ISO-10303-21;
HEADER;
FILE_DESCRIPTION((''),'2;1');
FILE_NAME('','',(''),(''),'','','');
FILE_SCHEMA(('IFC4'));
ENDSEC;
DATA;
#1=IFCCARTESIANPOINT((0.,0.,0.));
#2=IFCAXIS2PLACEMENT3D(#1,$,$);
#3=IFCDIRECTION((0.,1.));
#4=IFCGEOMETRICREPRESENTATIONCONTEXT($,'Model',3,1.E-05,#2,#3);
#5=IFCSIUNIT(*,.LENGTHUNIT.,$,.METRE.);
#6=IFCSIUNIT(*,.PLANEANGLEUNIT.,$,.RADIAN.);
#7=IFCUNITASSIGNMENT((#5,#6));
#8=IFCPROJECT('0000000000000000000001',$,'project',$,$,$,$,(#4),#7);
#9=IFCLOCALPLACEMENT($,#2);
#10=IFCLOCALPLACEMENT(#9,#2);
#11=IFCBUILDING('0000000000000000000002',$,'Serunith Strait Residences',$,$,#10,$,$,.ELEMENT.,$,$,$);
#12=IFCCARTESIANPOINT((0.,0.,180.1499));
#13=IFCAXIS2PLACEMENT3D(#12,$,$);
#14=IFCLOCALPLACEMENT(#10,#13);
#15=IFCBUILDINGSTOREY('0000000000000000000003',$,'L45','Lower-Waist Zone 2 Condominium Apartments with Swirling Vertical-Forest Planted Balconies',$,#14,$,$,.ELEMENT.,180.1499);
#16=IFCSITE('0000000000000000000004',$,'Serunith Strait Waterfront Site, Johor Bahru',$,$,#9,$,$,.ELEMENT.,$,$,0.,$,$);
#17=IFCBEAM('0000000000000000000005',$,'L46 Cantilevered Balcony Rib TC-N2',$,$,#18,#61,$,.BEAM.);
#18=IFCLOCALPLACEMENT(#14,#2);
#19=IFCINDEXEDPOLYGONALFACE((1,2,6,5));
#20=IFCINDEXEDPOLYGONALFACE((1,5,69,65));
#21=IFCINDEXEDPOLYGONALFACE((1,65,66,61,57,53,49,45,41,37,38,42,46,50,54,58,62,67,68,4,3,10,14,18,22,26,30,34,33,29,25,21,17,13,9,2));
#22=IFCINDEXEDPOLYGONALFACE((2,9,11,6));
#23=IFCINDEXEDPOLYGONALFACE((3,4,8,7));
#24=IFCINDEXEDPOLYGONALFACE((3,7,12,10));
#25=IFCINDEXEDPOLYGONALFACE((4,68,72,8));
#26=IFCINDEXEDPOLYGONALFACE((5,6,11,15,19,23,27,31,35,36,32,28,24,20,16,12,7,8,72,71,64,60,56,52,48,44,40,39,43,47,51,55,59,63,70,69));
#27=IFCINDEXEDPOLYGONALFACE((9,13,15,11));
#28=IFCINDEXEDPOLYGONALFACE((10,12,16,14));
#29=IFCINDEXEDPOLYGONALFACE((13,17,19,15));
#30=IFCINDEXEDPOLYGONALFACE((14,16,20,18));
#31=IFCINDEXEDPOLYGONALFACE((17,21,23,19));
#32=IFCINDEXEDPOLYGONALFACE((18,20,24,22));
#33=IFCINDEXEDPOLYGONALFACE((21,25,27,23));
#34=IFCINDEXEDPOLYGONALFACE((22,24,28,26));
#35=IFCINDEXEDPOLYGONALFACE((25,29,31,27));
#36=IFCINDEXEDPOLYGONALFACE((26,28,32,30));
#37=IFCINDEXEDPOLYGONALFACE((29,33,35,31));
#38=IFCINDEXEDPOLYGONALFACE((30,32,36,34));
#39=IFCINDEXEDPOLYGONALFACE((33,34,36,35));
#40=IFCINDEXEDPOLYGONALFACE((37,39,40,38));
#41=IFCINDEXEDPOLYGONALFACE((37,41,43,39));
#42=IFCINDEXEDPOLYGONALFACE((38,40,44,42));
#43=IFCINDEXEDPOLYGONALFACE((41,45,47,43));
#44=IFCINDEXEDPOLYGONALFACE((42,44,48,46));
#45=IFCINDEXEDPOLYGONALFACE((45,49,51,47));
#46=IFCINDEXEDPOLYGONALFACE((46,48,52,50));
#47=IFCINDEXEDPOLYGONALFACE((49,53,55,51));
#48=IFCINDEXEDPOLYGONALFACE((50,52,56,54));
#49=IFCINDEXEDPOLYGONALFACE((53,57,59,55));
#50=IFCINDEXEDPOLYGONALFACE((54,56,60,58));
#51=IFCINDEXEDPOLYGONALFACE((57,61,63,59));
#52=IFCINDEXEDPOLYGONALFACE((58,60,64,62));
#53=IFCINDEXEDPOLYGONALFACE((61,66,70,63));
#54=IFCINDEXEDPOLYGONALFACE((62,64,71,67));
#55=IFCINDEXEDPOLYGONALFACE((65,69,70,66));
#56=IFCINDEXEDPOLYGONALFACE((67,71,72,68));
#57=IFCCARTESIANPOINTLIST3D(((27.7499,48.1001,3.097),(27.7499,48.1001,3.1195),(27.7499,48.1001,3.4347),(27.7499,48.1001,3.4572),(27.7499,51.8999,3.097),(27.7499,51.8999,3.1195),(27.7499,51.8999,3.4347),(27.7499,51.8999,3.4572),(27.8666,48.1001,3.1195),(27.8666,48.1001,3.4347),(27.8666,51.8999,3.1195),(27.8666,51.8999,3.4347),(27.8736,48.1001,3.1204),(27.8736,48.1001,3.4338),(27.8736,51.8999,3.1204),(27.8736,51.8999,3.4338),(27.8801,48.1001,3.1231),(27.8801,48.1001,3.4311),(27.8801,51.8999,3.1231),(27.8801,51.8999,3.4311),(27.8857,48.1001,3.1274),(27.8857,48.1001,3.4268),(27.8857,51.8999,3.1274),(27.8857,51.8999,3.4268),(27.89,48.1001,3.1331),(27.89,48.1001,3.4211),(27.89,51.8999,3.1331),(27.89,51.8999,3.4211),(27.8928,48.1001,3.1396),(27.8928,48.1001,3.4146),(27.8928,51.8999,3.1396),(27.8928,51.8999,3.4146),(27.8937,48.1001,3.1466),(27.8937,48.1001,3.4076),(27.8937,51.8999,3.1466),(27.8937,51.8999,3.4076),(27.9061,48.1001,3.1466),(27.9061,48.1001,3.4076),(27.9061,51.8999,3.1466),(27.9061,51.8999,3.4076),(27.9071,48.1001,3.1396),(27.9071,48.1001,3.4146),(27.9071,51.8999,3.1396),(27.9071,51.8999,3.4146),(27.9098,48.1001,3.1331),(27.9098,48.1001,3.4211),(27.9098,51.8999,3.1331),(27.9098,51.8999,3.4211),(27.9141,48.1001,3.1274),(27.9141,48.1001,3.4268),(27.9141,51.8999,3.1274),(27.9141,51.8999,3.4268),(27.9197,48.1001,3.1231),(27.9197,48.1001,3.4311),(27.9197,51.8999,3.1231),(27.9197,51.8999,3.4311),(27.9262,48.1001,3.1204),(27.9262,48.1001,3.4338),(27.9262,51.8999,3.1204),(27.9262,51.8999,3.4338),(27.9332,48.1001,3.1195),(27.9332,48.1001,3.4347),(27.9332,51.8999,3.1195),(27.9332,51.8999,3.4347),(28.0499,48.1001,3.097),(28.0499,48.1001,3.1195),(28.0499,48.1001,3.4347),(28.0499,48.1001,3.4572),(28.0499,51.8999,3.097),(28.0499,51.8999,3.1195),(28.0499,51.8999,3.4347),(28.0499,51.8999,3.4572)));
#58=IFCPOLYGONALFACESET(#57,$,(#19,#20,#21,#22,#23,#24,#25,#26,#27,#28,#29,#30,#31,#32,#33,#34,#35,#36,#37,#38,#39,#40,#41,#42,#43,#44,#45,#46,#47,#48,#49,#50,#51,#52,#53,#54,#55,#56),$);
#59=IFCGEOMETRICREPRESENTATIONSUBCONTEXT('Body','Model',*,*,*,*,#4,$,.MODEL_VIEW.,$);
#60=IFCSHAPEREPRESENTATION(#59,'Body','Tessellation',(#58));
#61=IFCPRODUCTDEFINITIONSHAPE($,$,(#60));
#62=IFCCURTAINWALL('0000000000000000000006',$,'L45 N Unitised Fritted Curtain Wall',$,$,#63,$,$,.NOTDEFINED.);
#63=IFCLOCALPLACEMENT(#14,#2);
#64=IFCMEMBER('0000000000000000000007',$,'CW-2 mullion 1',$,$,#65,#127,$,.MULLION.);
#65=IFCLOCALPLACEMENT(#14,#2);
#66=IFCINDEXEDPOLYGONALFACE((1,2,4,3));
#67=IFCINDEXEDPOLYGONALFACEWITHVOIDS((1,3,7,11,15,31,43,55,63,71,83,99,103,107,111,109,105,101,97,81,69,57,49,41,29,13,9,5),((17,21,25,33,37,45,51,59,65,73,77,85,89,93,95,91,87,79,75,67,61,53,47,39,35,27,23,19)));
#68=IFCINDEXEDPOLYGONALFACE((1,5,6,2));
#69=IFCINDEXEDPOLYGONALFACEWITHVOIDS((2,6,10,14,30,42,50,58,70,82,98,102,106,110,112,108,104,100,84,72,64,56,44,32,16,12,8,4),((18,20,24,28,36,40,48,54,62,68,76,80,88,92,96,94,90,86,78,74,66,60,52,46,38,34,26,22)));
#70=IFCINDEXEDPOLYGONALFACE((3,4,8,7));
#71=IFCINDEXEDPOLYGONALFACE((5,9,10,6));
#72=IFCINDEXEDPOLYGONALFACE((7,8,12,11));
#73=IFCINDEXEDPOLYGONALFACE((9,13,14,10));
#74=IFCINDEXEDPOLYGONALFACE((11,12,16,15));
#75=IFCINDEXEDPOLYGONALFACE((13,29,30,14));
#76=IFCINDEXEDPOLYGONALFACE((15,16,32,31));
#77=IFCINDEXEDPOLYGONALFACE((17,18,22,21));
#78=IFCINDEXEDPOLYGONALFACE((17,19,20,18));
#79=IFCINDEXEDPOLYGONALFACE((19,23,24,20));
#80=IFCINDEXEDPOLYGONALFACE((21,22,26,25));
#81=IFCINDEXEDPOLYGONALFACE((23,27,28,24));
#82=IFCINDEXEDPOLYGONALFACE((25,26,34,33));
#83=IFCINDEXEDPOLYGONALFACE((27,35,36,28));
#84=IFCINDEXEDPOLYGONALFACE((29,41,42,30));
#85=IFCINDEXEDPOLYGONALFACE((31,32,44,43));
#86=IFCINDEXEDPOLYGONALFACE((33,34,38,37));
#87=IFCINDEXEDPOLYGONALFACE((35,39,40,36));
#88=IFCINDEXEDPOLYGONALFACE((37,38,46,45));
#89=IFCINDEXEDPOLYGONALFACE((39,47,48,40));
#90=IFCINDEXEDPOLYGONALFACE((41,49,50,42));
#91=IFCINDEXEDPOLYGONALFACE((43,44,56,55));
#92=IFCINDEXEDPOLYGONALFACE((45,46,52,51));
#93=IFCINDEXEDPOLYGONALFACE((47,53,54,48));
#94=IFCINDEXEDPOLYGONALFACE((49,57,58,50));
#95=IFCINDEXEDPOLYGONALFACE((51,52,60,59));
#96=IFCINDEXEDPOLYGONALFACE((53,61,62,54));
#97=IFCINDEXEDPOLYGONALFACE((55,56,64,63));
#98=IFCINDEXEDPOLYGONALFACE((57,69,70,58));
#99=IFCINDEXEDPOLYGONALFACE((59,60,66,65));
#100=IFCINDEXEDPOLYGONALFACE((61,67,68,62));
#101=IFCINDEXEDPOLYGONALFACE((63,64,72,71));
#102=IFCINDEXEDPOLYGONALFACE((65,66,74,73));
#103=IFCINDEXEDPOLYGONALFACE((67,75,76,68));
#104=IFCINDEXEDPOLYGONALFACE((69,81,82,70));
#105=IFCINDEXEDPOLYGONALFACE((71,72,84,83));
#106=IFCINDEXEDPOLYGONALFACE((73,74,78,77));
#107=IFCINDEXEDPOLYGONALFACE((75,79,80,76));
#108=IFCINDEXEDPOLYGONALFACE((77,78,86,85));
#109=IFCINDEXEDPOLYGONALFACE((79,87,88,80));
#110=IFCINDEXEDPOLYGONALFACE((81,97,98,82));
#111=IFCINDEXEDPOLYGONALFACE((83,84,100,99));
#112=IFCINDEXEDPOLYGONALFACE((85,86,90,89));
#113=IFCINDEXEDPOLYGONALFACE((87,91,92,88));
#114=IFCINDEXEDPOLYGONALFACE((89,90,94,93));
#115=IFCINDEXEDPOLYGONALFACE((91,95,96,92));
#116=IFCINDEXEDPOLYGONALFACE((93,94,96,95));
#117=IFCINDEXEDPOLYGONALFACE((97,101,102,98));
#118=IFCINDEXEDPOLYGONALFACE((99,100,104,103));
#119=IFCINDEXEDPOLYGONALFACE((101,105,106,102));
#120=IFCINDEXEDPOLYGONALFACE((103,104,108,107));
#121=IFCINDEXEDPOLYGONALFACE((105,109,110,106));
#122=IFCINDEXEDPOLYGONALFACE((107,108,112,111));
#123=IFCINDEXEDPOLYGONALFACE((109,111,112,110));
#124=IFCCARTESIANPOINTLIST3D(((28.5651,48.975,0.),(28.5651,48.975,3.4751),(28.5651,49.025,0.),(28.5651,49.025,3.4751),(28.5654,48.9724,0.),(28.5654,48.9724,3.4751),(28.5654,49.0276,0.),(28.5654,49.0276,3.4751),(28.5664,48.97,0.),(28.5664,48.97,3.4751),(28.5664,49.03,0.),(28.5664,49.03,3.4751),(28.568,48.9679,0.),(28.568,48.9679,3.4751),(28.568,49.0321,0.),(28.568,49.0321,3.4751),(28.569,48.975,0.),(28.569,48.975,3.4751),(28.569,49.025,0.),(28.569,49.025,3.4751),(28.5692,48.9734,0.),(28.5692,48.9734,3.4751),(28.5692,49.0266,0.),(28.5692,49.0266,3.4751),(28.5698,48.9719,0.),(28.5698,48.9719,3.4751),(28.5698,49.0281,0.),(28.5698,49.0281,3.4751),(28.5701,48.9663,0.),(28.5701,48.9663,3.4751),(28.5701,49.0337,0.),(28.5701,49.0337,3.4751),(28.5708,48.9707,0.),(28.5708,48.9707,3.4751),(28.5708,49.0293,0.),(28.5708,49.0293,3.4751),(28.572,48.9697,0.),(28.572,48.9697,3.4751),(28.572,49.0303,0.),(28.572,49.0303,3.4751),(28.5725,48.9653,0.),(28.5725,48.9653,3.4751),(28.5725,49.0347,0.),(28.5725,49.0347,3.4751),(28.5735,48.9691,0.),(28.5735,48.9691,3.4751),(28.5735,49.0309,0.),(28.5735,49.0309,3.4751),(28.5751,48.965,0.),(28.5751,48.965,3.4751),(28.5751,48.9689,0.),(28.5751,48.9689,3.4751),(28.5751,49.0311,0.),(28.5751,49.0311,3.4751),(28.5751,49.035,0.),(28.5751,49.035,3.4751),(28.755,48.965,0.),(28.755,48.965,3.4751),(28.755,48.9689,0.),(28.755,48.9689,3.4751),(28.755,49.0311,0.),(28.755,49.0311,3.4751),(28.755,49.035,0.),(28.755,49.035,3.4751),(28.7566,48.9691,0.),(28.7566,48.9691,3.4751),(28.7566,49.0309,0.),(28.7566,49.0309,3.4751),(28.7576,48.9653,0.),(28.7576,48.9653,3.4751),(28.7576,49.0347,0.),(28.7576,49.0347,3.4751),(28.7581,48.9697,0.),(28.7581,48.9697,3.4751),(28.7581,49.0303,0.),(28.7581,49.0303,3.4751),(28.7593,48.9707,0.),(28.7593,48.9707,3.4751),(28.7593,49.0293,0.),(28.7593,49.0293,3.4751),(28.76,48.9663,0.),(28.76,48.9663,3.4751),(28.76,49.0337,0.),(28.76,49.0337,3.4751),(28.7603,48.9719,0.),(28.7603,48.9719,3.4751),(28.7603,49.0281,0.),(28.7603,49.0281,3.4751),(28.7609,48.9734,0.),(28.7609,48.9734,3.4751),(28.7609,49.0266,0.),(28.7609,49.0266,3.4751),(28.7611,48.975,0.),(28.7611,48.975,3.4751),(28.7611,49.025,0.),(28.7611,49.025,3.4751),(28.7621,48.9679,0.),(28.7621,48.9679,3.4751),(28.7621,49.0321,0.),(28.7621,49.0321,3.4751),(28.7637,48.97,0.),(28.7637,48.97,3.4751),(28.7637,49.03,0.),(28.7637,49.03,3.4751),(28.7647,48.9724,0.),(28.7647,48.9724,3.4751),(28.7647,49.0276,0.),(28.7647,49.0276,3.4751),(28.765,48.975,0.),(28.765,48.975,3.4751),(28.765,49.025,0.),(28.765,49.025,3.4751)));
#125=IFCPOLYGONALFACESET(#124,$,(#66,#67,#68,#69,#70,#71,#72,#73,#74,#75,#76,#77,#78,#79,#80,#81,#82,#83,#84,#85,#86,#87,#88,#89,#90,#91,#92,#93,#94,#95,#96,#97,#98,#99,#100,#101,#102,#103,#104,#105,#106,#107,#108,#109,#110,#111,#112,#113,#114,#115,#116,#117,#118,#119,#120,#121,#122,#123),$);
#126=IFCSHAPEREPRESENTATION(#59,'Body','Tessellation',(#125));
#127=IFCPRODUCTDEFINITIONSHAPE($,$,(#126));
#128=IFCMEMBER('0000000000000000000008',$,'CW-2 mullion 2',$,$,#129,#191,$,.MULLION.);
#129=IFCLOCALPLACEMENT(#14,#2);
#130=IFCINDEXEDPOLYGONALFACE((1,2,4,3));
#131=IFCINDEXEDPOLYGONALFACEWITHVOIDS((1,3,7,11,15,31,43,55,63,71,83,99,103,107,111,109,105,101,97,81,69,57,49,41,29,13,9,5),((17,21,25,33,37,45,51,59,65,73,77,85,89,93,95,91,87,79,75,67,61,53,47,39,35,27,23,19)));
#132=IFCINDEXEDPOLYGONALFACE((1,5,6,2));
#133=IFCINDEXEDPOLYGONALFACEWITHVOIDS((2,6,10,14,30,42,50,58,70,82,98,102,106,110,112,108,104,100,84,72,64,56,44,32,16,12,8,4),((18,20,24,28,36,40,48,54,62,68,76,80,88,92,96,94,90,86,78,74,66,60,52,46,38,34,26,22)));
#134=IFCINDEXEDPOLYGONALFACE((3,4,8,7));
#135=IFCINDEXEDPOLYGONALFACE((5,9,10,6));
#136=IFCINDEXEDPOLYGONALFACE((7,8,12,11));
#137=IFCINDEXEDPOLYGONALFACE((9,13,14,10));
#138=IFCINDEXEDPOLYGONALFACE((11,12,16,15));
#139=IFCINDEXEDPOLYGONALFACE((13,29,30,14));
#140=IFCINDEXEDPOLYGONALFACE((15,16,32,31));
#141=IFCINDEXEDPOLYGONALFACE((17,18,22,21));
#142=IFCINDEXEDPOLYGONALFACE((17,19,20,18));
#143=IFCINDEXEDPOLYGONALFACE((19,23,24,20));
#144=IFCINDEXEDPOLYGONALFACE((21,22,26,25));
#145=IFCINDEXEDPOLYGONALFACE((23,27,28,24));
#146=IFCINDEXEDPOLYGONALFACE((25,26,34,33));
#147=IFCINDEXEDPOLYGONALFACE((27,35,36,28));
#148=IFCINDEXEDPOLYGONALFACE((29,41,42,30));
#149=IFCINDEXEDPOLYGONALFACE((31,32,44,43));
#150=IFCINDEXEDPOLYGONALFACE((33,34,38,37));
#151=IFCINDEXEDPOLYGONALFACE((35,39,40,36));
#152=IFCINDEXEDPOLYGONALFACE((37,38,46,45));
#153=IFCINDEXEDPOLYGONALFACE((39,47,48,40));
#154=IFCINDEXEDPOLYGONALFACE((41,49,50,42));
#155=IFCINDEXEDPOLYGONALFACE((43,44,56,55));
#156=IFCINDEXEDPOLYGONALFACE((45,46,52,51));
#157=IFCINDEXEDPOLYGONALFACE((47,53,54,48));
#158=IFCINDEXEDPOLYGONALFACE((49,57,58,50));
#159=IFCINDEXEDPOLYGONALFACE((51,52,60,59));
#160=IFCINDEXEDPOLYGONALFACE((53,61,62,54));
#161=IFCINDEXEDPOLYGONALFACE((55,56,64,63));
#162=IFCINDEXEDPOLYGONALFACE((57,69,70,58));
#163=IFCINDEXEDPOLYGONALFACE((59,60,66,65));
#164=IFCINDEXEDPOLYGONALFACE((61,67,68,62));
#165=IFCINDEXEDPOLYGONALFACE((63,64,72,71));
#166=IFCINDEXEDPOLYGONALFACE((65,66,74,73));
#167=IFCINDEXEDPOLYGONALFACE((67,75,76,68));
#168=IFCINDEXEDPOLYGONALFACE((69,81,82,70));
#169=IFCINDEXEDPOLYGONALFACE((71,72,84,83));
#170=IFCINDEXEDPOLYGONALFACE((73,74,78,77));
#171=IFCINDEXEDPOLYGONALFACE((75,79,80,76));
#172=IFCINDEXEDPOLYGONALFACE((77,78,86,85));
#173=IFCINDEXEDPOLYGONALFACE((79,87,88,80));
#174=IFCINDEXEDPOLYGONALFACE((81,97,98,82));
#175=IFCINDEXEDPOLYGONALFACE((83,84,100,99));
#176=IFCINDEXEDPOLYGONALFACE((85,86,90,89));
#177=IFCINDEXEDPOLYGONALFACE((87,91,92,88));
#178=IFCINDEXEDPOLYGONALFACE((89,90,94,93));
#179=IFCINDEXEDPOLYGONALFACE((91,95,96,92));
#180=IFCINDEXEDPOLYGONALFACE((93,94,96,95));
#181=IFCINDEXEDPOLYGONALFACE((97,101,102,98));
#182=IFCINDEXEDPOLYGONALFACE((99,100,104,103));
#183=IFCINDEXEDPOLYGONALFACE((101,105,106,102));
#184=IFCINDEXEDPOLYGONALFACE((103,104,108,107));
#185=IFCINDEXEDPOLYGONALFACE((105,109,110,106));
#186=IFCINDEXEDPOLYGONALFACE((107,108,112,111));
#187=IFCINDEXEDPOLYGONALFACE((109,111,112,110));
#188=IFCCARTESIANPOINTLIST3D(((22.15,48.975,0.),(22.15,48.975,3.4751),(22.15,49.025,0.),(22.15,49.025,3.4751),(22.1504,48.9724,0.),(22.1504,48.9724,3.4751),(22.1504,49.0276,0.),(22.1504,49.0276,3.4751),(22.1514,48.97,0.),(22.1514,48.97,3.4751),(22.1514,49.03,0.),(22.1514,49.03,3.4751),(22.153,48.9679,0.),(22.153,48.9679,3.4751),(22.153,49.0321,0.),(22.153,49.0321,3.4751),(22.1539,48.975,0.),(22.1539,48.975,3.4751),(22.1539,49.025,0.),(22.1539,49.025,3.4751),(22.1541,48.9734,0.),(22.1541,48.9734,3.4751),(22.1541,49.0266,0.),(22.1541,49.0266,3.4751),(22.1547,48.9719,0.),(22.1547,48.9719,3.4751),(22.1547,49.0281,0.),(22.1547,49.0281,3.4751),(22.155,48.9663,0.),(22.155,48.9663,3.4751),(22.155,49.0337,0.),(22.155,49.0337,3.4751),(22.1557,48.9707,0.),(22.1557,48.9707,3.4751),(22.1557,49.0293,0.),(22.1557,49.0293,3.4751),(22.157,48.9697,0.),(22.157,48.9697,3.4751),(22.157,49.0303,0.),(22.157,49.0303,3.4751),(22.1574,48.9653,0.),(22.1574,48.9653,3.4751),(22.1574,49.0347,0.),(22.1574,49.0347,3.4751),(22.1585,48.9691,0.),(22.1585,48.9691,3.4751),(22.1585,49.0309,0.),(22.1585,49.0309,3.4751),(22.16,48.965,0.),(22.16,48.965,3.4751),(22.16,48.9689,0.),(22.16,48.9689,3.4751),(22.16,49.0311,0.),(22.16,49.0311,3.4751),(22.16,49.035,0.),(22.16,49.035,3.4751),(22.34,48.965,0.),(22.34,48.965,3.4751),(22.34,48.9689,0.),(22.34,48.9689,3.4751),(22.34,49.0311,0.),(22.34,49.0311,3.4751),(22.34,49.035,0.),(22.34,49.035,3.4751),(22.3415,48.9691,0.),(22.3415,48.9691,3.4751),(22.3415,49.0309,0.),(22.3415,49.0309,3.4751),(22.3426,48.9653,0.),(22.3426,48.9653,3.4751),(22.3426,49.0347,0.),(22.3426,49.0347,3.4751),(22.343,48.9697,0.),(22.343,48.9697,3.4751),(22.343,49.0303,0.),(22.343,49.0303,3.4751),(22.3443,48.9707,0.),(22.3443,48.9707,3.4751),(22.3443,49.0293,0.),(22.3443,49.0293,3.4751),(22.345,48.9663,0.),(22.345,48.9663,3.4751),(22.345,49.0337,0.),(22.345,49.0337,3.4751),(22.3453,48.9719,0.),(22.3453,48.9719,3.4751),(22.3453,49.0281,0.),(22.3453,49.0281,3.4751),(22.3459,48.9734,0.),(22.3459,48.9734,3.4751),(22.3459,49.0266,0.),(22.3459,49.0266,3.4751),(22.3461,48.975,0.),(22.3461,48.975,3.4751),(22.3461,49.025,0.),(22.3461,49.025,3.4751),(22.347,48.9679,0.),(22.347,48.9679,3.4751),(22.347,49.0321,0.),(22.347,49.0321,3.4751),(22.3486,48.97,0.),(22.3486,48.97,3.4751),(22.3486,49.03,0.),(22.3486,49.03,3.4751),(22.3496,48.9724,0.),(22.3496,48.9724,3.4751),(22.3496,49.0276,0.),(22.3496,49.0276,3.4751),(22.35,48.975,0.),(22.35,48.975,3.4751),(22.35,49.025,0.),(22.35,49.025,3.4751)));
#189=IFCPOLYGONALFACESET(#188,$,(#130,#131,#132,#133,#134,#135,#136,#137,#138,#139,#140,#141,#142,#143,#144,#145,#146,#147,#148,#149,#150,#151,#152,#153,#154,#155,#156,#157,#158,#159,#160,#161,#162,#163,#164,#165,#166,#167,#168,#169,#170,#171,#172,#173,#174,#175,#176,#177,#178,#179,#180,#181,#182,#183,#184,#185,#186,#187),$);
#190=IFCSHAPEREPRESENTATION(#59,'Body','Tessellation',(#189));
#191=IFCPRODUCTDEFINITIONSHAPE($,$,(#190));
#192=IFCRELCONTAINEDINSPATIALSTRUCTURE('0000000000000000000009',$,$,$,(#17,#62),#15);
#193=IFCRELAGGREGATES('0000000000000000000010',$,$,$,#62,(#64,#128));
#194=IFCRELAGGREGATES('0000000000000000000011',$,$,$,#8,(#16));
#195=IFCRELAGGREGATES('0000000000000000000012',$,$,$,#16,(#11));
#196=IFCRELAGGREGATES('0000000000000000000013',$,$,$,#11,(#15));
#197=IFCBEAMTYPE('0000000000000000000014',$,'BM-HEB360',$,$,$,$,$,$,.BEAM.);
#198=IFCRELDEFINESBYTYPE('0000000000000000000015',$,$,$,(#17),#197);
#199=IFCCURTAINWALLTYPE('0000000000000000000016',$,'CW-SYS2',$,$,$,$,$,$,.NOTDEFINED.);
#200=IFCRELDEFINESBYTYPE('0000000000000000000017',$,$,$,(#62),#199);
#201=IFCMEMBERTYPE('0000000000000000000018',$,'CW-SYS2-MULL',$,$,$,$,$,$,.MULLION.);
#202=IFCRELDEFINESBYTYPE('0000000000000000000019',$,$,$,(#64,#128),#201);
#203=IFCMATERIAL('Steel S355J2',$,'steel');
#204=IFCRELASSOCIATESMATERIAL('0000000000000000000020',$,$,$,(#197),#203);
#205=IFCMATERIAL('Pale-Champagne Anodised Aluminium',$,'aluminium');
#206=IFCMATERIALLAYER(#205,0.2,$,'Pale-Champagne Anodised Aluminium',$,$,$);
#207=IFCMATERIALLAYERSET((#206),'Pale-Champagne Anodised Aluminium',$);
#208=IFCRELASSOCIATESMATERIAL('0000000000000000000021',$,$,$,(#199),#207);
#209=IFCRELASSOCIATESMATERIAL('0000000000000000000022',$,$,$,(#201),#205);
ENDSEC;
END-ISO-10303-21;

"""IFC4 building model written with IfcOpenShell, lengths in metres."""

from ifc_helpers import new_model, si_unit, direction, frame, origin, origin_2d, place, context, subcontext, project, spatial, hollow_rectangle, i_section, extrude, source, transform, mapped, material, layer, layer_set, material_profile, profile_set, type_object, element, aggregate, save


model = new_model("IFC4")

# Units and contexts
model_context = context("Model", 3, precision=1e-05, world=origin(), true_north=direction((0.0, 1.0)))
body_context = subcontext(model_context, "Body", "Model", "MODEL_VIEW")
ifc_project = project(units=[si_unit("LENGTHUNIT", "METRE"), si_unit("PLANEANGLEUNIT", "RADIAN")], contexts=[model_context])

# Site, building, storey
site_placement = place(None, origin())
site = spatial("IfcSite", under=ifc_project, at=site_placement, Name="Serunith Strait Waterfront Site, Johor Bahru", CompositionType="ELEMENT", RefElevation=0.0)
building_placement = place(site_placement, origin())
building = spatial("IfcBuilding", under=site, at=building_placement, Name="Serunith Strait Residences", CompositionType="ELEMENT")
storey_placement = place(building_placement, frame((0.0, 0.0, 180.1499)))
storey = spatial("IfcBuildingStorey", under=building, at=storey_placement, Name="L45", Description="Lower-Waist Zone 2 Condominium Apartments with Swirling Vertical-Forest Planted Balconies", CompositionType="ELEMENT", Elevation=180.1499)

# Beam
ifc_material_1 = material(Name="Steel S355J2", Category="steel")
ifc_material_profile_1 = material_profile(ifc_material_1, i_section(OverallWidth=0.3, OverallDepth=0.3601, WebThickness=0.0125, FlangeThickness=0.0225, FilletRadius=0.0271, at=origin_2d()), Name="HEB 360")
ifc_profile_set_1 = profile_set([ifc_material_profile_1], Name="Steel S355J2")
beam_type_1 = type_object("IfcBeamType", Name="BM-HEB360", PredefinedType="BEAM", material=ifc_profile_set_1)
shared_shape_1 = source(origin(), body_context, "Body", "SweptSolid", [
    extrude(i_section(OverallWidth=0.3, OverallDepth=0.3601, WebThickness=0.0125, FlangeThickness=0.0225, FilletRadius=0.0271, at=origin_2d()), origin(), (0.0, 0.0, 1.0), 3.7998),
])
beam_1_placement = place(storey_placement, frame((27.8999, 48.1001, 3.2771), z_axis=(0.0, 1.0, 0.0), x_axis=(-1.0, 0.0, 0.0)))
element("IfcBeam", 1, at=beam_1_placement, inside=storey, type_object=beam_type_1, Name="L46 Cantilevered Balcony Rib TC-N2", PredefinedType="BEAM", context=body_context, shape_type="MappedRepresentation", body=[
    mapped(shared_shape_1, transform((0.0, 0.0, 0.0), scale=1.0)),
])

# Curtain wall, members
ifc_material_2 = material(Name="Pale-Champagne Anodised Aluminium", Category="aluminium")
ifc_layer_1 = layer(ifc_material_2, 0.2, Name="Pale-Champagne Anodised Aluminium")
ifc_layer_set_1 = layer_set([ifc_layer_1], Name="Pale-Champagne Anodised Aluminium")
curtain_wall_type = type_object("IfcCurtainWallType", Name="CW-SYS2", PredefinedType="NOTDEFINED", material=ifc_layer_set_1)
curtain_wall_placement = place(storey_placement, origin())
curtain_wall = element("IfcCurtainWall", 2, at=curtain_wall_placement, inside=storey, type_object=curtain_wall_type, Name="L45 N Unitised Fritted Curtain Wall", PredefinedType="NOTDEFINED")
ifc_material_profile_2 = material_profile(ifc_material_2, hollow_rectangle(XDim=0.0701, YDim=0.2, WallThickness=0.0039, InnerFilletRadius=0.0061, OuterFilletRadius=0.01, at=origin_2d()), Name="ALU 200x70x4")
ifc_profile_set_2 = profile_set([ifc_material_profile_2], Name="Pale-Champagne Anodised Aluminium")
member_type_1 = type_object("IfcMemberType", Name="CW-SYS2-MULL", PredefinedType="MULLION", material=ifc_profile_set_2)
shared_shape_2 = source(origin(), body_context, "Body", "SweptSolid", [
    extrude(hollow_rectangle(XDim=0.0701, YDim=0.2, WallThickness=0.0039, InnerFilletRadius=0.0061, OuterFilletRadius=0.01, at=origin_2d()), origin(), (0.0, 0.0, 1.0), 3.4751),
])
member_1_placement = place(storey_placement, frame((28.665, 49.0, 0.0), z_axis=(0.0, 0.0, 1.0), x_axis=(0.0, -1.0, 0.0)))
member_1 = element("IfcMember", 3, at=member_1_placement, type_object=member_type_1, Name="CW-2 mullion 1", PredefinedType="MULLION", context=body_context, shape_type="MappedRepresentation", body=[
    mapped(shared_shape_2, transform((0.0, 0.0, 0.0), scale=1.0)),
])
member_2_placement = place(storey_placement, frame((22.25, 49.0, 0.0), z_axis=(0.0, 0.0, 1.0), x_axis=(0.0, -1.0, 0.0)))
member_2 = element("IfcMember", 4, at=member_2_placement, type_object=member_type_1, Name="CW-2 mullion 2", PredefinedType="MULLION", context=body_context, shape_type="MappedRepresentation", body=[
    mapped(shared_shape_2, transform((0.0, 0.0, 0.0), scale=1.0)),
])
aggregate(curtain_wall, [member_1, member_2])

save(model, "model.ifc")
